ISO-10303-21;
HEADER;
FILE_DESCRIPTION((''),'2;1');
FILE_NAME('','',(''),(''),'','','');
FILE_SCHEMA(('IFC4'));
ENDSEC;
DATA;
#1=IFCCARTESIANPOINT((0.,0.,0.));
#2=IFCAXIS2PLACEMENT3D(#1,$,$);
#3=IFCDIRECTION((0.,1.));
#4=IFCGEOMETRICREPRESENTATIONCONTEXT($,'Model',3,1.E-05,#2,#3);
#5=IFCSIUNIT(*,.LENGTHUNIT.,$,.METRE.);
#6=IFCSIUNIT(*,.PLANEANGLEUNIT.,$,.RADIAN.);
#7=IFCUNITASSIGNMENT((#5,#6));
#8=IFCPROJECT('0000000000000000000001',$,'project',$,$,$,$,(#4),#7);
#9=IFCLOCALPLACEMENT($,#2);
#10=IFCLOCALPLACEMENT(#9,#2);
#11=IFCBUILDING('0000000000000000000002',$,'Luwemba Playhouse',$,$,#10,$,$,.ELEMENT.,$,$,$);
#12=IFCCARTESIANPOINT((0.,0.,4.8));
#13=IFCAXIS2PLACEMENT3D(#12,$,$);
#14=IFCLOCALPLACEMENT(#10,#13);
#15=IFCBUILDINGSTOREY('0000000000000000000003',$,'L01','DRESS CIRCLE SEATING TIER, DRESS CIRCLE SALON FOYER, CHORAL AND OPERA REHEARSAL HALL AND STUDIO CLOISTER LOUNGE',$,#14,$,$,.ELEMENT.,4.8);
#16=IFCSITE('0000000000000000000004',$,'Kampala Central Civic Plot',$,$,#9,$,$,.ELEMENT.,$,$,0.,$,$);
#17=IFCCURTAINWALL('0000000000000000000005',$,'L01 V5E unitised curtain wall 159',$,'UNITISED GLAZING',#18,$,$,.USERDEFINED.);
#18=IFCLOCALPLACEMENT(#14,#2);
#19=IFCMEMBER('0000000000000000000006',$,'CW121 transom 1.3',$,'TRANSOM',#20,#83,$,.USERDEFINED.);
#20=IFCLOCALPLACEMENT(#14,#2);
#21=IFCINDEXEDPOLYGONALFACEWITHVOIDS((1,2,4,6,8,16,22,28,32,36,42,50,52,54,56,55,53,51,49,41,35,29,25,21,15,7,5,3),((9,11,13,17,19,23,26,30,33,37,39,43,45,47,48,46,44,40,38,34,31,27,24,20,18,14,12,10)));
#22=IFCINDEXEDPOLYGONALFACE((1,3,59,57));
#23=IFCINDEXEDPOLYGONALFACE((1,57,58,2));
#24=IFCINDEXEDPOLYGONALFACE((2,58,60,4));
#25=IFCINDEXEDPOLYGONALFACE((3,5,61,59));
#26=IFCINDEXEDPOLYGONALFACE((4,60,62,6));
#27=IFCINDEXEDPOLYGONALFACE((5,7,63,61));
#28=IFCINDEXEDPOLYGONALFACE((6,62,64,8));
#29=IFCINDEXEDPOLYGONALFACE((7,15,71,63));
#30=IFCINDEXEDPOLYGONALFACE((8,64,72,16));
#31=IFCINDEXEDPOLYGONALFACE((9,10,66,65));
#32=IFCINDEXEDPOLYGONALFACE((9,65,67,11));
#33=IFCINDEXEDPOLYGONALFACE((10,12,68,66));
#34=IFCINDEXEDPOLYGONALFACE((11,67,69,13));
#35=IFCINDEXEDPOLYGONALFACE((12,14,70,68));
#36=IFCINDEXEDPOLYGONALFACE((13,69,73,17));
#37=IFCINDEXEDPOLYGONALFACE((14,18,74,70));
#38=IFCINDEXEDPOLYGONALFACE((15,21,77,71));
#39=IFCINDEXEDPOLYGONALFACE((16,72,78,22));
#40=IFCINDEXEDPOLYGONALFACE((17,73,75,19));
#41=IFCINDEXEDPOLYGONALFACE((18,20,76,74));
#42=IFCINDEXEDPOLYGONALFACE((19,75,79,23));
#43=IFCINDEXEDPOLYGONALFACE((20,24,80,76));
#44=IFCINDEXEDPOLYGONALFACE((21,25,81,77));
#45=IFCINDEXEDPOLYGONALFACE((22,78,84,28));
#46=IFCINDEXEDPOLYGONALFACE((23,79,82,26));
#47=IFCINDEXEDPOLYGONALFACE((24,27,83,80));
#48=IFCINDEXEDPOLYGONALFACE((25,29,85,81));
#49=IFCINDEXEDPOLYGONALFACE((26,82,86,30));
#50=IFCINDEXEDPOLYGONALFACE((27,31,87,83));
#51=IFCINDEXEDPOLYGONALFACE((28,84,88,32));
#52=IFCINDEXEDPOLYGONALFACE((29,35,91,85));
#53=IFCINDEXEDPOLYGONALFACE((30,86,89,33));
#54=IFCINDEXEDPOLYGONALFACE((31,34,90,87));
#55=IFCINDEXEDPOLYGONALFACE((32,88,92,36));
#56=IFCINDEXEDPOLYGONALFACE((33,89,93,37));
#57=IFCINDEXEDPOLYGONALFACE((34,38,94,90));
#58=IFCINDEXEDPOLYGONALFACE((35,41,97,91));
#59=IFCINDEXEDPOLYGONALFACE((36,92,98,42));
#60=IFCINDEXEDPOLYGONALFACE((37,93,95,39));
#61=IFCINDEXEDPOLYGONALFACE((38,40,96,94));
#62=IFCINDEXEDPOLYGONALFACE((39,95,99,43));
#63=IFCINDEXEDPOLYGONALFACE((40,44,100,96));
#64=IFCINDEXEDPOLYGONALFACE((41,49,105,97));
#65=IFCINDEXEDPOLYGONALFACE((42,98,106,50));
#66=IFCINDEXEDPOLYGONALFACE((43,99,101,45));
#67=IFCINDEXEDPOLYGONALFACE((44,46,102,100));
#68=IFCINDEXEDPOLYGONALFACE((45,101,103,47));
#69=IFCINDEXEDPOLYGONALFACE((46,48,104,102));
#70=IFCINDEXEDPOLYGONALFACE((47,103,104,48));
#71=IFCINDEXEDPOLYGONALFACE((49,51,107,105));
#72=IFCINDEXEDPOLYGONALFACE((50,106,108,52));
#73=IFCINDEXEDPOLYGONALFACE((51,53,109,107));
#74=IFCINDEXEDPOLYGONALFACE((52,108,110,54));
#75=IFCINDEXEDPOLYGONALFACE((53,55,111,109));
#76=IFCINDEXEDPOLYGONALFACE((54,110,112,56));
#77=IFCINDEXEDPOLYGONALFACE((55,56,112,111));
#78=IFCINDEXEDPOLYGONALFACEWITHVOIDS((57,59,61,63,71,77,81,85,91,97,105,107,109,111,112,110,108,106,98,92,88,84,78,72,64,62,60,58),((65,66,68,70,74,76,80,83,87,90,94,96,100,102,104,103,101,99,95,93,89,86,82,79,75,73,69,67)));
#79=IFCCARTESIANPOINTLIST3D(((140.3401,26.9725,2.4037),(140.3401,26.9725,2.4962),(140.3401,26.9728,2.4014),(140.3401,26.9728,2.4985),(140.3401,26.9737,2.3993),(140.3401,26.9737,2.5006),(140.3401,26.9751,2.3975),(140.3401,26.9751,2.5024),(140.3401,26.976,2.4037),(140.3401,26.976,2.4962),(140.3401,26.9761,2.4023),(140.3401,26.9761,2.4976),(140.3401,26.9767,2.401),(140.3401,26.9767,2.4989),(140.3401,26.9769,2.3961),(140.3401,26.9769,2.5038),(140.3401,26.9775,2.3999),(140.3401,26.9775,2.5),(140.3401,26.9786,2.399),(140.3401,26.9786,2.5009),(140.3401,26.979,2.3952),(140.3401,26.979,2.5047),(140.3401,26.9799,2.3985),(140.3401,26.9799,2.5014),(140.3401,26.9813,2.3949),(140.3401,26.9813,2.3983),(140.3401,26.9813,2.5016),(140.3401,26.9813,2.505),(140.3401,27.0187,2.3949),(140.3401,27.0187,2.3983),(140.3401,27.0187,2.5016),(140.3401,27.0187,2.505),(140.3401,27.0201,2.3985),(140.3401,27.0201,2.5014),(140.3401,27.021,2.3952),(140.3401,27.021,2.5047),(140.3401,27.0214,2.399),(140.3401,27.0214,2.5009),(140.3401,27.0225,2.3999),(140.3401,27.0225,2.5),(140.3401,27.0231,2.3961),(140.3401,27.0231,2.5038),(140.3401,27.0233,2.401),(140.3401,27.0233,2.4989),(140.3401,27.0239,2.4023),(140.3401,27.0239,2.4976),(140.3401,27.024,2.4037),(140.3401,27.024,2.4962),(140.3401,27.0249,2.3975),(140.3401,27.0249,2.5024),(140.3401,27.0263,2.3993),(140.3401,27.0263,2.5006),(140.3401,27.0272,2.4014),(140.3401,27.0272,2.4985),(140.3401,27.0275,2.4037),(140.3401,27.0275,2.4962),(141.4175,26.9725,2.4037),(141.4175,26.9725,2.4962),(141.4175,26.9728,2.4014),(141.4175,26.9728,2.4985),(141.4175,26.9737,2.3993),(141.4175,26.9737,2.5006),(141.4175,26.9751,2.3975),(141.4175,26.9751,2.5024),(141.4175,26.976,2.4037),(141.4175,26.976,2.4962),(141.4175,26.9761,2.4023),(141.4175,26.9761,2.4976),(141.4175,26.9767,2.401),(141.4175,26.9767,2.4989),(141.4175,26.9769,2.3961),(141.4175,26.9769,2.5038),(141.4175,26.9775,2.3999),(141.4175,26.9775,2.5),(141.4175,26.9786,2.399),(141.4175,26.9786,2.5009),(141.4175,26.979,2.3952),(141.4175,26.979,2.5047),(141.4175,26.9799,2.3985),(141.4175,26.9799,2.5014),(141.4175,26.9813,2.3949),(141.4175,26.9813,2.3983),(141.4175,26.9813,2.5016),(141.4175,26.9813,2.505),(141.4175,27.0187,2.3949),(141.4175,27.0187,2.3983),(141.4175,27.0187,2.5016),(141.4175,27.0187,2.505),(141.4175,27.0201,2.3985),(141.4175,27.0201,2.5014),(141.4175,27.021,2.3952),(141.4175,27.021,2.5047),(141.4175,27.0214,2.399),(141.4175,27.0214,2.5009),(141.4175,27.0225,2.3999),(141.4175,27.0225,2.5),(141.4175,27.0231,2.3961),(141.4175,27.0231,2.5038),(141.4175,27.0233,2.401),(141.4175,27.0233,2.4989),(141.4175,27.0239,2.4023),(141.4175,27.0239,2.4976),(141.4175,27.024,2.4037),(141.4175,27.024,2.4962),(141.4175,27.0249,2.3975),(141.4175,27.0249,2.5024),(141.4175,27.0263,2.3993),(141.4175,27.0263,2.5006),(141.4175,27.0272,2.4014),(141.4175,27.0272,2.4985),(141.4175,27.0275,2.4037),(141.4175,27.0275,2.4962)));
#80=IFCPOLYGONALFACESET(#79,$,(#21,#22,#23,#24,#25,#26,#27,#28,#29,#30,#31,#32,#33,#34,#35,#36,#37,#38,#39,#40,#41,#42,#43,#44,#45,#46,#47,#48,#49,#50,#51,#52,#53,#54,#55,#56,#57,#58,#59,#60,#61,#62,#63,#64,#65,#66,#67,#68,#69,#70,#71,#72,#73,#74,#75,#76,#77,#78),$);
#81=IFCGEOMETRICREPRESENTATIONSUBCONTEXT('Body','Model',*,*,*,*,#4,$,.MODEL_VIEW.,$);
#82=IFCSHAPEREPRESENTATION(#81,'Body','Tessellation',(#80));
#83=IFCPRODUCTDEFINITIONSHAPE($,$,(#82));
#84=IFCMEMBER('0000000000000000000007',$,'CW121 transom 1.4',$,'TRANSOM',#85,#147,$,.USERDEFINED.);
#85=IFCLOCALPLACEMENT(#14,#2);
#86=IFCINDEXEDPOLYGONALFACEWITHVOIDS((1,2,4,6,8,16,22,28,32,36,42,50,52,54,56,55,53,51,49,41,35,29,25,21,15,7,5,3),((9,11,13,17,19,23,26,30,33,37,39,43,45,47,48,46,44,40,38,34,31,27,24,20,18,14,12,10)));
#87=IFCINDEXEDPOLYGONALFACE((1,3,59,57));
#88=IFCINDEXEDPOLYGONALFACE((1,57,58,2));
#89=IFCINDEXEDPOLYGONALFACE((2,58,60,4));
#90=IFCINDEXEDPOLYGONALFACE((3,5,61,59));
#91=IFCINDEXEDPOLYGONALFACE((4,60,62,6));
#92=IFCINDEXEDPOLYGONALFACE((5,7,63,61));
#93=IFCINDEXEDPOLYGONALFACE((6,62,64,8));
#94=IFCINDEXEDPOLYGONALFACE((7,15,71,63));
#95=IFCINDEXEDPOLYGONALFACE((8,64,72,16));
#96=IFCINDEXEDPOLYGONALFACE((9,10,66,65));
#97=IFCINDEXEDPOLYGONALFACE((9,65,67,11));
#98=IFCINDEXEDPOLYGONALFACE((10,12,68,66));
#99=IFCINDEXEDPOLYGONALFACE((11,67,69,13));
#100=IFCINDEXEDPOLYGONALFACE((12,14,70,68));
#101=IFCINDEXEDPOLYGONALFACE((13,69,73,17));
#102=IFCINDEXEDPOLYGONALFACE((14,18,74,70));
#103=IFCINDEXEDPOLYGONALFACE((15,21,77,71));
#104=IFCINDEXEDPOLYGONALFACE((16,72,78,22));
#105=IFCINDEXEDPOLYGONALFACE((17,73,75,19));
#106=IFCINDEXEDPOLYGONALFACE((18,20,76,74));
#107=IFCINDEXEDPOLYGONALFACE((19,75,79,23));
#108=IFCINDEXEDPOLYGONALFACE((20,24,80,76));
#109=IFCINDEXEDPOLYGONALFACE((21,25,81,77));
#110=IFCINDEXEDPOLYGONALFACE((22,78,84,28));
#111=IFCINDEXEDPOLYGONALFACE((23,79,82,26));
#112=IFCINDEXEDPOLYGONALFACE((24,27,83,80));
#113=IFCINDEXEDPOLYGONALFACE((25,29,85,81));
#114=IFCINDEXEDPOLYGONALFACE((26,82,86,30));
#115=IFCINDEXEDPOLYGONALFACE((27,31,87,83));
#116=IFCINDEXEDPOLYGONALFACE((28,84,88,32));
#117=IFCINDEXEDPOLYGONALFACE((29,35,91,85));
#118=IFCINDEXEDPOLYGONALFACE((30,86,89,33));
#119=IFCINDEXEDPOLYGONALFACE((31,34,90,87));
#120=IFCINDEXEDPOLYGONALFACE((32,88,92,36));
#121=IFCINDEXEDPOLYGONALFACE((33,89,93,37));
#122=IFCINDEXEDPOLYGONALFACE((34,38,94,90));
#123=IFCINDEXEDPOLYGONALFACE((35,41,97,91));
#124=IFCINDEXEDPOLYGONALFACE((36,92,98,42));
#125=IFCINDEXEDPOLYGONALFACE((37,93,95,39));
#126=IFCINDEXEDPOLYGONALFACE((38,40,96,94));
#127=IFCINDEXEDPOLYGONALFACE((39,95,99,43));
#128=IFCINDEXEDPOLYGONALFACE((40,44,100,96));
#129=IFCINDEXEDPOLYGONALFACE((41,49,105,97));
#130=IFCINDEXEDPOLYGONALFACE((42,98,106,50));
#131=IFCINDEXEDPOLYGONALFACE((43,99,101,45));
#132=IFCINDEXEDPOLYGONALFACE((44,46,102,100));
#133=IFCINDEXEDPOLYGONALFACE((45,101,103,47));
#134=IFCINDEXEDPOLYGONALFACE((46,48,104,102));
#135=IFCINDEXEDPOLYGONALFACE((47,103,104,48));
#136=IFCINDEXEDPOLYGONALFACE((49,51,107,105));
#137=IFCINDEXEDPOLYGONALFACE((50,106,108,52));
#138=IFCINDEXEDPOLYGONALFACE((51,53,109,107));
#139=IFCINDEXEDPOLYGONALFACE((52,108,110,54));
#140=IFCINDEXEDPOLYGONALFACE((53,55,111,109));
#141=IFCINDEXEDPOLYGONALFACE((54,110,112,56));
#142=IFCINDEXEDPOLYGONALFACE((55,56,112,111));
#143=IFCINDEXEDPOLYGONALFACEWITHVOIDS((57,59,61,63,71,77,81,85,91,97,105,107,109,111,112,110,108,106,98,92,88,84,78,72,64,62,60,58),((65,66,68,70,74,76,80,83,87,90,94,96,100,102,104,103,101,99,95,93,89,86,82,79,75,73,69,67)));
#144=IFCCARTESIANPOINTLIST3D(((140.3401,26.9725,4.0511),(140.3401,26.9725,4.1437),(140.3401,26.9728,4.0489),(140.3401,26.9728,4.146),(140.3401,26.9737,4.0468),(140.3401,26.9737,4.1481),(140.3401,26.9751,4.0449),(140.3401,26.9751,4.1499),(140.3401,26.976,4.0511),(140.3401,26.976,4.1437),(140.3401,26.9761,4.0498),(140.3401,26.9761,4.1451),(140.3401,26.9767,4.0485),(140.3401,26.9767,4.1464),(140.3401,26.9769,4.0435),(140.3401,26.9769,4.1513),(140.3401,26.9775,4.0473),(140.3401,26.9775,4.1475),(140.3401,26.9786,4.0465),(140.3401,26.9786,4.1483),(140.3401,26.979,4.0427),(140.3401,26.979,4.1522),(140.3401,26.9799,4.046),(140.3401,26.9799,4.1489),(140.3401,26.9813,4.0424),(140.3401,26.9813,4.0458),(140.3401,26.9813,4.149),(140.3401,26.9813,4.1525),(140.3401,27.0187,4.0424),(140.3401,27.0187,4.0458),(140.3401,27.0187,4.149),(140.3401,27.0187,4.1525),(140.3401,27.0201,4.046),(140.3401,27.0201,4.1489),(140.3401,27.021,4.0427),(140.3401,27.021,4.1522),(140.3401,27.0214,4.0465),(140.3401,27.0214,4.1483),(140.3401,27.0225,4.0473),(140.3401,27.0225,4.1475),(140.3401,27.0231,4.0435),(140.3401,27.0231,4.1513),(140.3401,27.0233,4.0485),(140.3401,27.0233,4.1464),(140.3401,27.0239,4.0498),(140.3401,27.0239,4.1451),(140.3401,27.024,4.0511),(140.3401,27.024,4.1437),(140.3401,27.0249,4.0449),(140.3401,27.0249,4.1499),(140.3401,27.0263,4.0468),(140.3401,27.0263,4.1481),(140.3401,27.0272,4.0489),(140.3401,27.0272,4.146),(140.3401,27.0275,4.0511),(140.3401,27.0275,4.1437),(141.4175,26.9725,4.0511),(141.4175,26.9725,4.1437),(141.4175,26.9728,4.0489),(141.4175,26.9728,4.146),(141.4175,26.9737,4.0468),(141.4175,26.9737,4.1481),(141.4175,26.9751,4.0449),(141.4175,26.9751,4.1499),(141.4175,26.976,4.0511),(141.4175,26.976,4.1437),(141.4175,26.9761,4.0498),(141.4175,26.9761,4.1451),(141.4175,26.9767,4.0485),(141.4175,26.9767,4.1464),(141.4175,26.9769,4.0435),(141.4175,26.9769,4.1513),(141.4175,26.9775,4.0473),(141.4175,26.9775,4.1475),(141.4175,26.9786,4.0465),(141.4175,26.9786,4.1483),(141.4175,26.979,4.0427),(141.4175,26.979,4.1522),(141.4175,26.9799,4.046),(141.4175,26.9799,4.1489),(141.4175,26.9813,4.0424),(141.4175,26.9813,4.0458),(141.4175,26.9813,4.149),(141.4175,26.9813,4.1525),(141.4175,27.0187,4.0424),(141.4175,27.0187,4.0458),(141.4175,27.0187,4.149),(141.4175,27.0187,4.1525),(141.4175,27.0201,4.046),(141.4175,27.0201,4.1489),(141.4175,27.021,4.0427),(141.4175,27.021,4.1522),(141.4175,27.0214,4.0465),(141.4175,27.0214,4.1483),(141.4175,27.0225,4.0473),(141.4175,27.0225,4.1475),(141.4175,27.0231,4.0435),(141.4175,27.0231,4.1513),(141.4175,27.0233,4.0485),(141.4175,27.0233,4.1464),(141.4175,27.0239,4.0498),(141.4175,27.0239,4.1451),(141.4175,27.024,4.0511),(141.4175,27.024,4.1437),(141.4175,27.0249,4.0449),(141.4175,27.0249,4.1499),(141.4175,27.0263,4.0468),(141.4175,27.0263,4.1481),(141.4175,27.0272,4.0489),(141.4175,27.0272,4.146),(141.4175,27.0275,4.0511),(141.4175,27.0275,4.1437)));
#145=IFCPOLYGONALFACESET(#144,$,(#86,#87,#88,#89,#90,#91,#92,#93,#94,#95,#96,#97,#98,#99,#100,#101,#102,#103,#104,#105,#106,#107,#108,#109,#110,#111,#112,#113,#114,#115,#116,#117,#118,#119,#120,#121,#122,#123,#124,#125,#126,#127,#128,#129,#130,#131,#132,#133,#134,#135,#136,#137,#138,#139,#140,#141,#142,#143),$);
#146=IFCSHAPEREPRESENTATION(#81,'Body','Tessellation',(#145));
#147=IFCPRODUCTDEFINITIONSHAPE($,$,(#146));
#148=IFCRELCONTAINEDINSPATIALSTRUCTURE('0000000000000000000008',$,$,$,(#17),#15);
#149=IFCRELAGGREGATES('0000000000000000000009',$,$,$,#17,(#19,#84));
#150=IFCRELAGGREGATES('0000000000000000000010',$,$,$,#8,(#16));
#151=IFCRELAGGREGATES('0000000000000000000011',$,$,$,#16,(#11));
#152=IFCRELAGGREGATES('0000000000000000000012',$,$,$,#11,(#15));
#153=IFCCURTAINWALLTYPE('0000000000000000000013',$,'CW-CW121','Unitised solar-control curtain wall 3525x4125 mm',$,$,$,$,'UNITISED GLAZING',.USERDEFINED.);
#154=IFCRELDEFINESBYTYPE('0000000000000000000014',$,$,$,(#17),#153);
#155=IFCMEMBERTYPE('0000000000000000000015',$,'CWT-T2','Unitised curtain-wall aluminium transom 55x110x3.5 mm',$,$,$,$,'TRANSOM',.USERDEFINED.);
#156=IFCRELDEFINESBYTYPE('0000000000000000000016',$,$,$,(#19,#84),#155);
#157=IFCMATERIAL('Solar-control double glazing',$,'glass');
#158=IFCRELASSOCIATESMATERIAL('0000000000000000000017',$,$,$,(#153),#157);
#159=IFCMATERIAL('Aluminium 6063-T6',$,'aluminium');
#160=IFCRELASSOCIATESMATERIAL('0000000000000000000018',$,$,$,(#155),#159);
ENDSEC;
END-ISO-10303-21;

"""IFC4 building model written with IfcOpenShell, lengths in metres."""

from ifc_helpers import new_model, si_unit, direction, frame, origin, origin_2d, place, context, subcontext, project, spatial, hollow_rectangle, extrude, material, material_profile, profile_set, type_object, element, aggregate, save


model = new_model("IFC4")

# Units and contexts
model_context = context("Model", 3, precision=1e-05, world=origin(), true_north=direction((0.0, 1.0)))
body_context = subcontext(model_context, "Body", "Model", "MODEL_VIEW")
ifc_project = project(units=[si_unit("LENGTHUNIT", "METRE"), si_unit("PLANEANGLEUNIT", "RADIAN")], contexts=[model_context])

# Site, building, storey
site_placement = place(None, origin())
site = spatial("IfcSite", under=ifc_project, at=site_placement, Name="Kampala Central Civic Plot", CompositionType="ELEMENT", RefElevation=0.0)
building_placement = place(site_placement, origin())
building = spatial("IfcBuilding", under=site, at=building_placement, Name="Luwemba Playhouse", CompositionType="ELEMENT")
storey_placement = place(building_placement, frame((0.0, 0.0, 4.8)))
storey = spatial("IfcBuildingStorey", under=building, at=storey_placement, Name="L01", Description="DRESS CIRCLE SEATING TIER, DRESS CIRCLE SALON FOYER, CHORAL AND OPERA REHEARSAL HALL AND STUDIO CLOISTER LOUNGE", CompositionType="ELEMENT", Elevation=4.8)

# Curtain wall, members
ifc_material_1 = material(Name="Solar-control double glazing", Category="glass")
curtain_wall_type = type_object("IfcCurtainWallType", Name="CW-CW121", Description="Unitised solar-control curtain wall 3525x4125 mm", ElementType="UNITISED GLAZING", PredefinedType="USERDEFINED", material=ifc_material_1)
curtain_wall_placement = place(storey_placement, origin())
curtain_wall = element("IfcCurtainWall", 1, at=curtain_wall_placement, inside=storey, type_object=curtain_wall_type, Name="L01 V5E unitised curtain wall 159", ObjectType="UNITISED GLAZING", PredefinedType="USERDEFINED")
ifc_material_2 = material(Name="Aluminium 6063-T6", Category="aluminium")
ifc_material_profile_1 = material_profile(ifc_material_2, hollow_rectangle(XDim=0.0549, YDim=0.1101, WallThickness=0.0034, InnerFilletRadius=0.0054, OuterFilletRadius=0.0088, at=origin_2d()))
ifc_profile_set_1 = profile_set([ifc_material_profile_1], Name="Aluminium 6063-T6")
member_type_1 = type_object("IfcMemberType", Name="CWT-T2", Description="Unitised curtain-wall aluminium transom 55x110x3.5 mm", ElementType="TRANSOM", PredefinedType="USERDEFINED", material=ifc_profile_set_1)
member_1_placement = place(storey_placement, frame((140.3401, 27.0, 2.45), z_axis=(1.0, 0.0, 0.0), x_axis=(0.0, 1.0, 0.0)))
member_1 = element("IfcMember", 2, at=member_1_placement, type_object=member_type_1, Name="CW121 transom 1.3", ObjectType="TRANSOM", PredefinedType="USERDEFINED", context=body_context, shape_type="SweptSolid", body=[
    extrude(hollow_rectangle(XDim=0.0549, YDim=0.1101, WallThickness=0.0034, InnerFilletRadius=0.0054, OuterFilletRadius=0.0088, at=origin_2d()), origin(), (0.0, 0.0, 1.0), 1.0774),
])
member_2_placement = place(storey_placement, frame((140.3401, 27.0, 4.0974), z_axis=(1.0, 0.0, 0.0), x_axis=(0.0, 1.0, 0.0)))
member_2 = element("IfcMember", 3, at=member_2_placement, type_object=member_type_1, Name="CW121 transom 1.4", ObjectType="TRANSOM", PredefinedType="USERDEFINED", context=body_context, shape_type="SweptSolid", body=[
    extrude(hollow_rectangle(XDim=0.0549, YDim=0.1101, WallThickness=0.0034, InnerFilletRadius=0.0054, OuterFilletRadius=0.0088, at=origin_2d()), origin(), (0.0, 0.0, 1.0), 1.0774),
])

aggregate(curtain_wall, [member_1, member_2])

save(model, "model.ifc")
